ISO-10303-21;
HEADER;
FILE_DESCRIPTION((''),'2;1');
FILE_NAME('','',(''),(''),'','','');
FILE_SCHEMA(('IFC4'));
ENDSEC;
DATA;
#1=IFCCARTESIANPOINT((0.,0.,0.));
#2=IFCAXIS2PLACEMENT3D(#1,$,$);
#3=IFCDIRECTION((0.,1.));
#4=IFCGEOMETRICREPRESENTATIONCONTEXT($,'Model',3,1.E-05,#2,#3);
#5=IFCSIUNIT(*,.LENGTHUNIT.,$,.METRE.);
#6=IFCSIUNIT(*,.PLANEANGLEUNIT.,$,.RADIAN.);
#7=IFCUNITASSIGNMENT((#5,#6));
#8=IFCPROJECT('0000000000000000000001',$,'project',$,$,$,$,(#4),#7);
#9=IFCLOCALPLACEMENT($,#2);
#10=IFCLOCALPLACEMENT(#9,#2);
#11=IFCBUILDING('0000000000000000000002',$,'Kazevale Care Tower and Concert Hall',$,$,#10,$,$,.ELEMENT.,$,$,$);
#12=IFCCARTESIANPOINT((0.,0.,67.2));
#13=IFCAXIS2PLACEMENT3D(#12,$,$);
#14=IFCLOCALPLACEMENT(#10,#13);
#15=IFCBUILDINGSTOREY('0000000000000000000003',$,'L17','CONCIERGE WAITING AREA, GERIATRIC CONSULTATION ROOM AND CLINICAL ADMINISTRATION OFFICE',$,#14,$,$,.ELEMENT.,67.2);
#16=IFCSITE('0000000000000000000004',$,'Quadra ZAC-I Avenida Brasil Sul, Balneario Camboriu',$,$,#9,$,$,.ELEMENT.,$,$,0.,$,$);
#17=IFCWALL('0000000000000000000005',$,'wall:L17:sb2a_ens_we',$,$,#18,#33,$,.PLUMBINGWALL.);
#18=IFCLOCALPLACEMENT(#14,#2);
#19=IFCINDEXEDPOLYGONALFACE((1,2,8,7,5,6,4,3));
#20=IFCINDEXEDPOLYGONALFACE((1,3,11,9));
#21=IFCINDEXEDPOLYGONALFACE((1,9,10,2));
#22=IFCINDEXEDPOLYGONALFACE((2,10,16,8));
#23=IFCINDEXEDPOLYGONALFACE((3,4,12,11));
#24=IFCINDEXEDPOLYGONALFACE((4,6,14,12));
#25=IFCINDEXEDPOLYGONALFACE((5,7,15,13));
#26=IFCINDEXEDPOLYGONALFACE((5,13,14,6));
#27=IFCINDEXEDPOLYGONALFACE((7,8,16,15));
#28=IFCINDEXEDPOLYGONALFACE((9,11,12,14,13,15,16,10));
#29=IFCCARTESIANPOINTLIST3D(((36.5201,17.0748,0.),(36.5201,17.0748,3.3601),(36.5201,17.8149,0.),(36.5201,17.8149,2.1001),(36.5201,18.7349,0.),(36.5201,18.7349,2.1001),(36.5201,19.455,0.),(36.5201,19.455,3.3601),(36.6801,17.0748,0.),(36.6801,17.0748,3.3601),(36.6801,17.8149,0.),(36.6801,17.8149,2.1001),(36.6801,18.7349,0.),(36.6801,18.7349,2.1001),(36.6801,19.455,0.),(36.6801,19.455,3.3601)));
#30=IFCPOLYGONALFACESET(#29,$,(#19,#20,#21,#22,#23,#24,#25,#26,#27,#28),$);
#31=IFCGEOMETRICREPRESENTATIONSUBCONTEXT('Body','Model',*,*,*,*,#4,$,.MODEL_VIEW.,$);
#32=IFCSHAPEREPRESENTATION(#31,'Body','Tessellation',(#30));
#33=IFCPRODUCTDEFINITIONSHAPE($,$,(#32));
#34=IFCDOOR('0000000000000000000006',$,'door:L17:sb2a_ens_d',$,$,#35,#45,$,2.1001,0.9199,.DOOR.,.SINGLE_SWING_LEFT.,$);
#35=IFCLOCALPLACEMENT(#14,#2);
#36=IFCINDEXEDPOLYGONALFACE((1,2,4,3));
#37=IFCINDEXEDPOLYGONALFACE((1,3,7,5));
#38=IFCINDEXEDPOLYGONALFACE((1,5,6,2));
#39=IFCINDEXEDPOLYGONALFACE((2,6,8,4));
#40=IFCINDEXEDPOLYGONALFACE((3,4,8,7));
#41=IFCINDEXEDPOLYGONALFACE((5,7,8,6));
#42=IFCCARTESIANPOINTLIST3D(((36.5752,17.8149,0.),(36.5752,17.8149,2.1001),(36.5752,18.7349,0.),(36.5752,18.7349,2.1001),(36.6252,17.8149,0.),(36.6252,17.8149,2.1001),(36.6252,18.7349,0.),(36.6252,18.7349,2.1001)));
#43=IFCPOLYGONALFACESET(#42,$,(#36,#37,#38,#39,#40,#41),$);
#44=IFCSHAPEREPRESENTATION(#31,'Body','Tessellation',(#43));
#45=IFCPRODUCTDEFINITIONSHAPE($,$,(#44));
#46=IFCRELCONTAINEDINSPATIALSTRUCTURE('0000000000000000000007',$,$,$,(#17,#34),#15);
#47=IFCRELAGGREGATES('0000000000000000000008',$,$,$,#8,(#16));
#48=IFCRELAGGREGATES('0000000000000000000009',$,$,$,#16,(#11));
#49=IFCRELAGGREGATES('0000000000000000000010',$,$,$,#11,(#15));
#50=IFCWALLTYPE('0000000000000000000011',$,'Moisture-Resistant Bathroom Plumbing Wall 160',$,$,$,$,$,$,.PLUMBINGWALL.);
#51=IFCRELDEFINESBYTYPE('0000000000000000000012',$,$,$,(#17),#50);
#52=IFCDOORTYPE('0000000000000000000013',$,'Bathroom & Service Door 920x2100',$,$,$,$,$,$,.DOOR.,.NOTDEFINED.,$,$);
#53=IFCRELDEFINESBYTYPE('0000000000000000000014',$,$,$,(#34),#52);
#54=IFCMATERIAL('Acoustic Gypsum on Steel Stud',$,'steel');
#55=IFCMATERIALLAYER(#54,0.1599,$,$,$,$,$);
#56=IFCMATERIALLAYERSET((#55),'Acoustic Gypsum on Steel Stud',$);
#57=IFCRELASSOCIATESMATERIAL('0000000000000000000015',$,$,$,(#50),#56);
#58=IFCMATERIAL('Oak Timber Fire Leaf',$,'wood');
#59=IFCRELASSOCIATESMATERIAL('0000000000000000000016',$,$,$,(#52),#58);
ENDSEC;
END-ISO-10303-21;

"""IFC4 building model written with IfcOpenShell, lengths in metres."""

from ifc_helpers import new_model, si_unit, direction, frame, frame_2d, origin, place, context, subcontext, project, spatial, rectangle, extrude, material, layer, layer_set, type_object, element, fill, save


model = new_model("IFC4")

# Units and contexts
model_context = context("Model", 3, precision=1e-05, world=origin(), true_north=direction((0.0, 1.0)))
body_context = subcontext(model_context, "Body", "Model", "MODEL_VIEW")
ifc_project = project(units=[si_unit("LENGTHUNIT", "METRE"), si_unit("PLANEANGLEUNIT", "RADIAN")], contexts=[model_context])

# Site, building, storey
site_placement = place(None, origin())
site = spatial("IfcSite", under=ifc_project, at=site_placement, Name="Quadra ZAC-I Avenida Brasil Sul, Balneario Camboriu", CompositionType="ELEMENT", RefElevation=0.0)
building_placement = place(site_placement, origin())
building = spatial("IfcBuilding", under=site, at=building_placement, Name="Kazevale Care Tower and Concert Hall", CompositionType="ELEMENT")
storey_placement = place(building_placement, frame((0.0, 0.0, 67.2)))
storey = spatial("IfcBuildingStorey", under=building, at=storey_placement, Name="L17", Description="CONCIERGE WAITING AREA, GERIATRIC CONSULTATION ROOM AND CLINICAL ADMINISTRATION OFFICE", CompositionType="ELEMENT", Elevation=67.2)

# Shared definitions
ifc_material_1 = material(Name="Acoustic Gypsum on Steel Stud", Category="steel")

# Shared definitions
ifc_material_2 = material(Name="Oak Timber Fire Leaf", Category="wood")

# Shared definitions
ifc_layer_1 = layer(ifc_material_1, 0.1599)
ifc_layer_set_1 = layer_set([ifc_layer_1], Name="Acoustic Gypsum on Steel Stud")
wall_type_1 = type_object("IfcWallType", Name="Moisture-Resistant Bathroom Plumbing Wall 160", PredefinedType="PLUMBINGWALL", material=ifc_layer_set_1)

# Wall, opening, door
wall_1_placement = place(storey_placement, frame((36.6001, 17.075, 0.0), z_axis=(0.0, 0.0, 1.0), x_axis=(0.0, 1.0, 0.0)))
wall_1 = element("IfcWall", 1, at=wall_1_placement, inside=storey, type_object=wall_type_1, Name="wall:L17:sb2a_ens_we", PredefinedType="PLUMBINGWALL", context=body_context, shape_type="SweptSolid", body=[
    extrude(rectangle(XDim=2.3801, YDim=0.1599, at=frame_2d((1.1899, 0.0))), origin(), (0.0, 0.0, 1.0), 3.3601),
])
opening_1_placement = place(wall_1_placement, frame((0.74, 0.0, 0.0)))
opening_1 = element("IfcOpeningElement", 2, at=opening_1_placement, cuts=wall_1, PredefinedType="OPENING", context=body_context, shape_type="SweptSolid", body=[
    extrude(rectangle(XDim=0.9199, YDim=2.1001, at=frame_2d((0.46, 1.05))), frame((0.0, 0.0898, 0.0), z_axis=(0.0, -1.0, 0.0), x_axis=(1.0, 0.0, 0.0)), (0.0, 0.0, 1.0), 0.1799),
])
door_type_1 = type_object("IfcDoorType", Name="Bathroom & Service Door 920x2100", OperationType="NOTDEFINED", PredefinedType="DOOR", material=ifc_material_2)
door_1_placement = place(opening_1_placement, origin())
door_1 = element("IfcDoor", 3, at=door_1_placement, inside=storey, type_object=door_type_1, Name="door:L17:sb2a_ens_d", OperationType="SINGLE_SWING_LEFT", OverallHeight=2.1001, OverallWidth=0.9199, PredefinedType="DOOR", context=body_context, shape_type="SweptSolid", body=[
    extrude(rectangle(XDim=0.9199, YDim=2.1001, at=frame_2d((0.46, 1.05))), frame((0.0, 0.0249, 0.0), z_axis=(0.0, -1.0, 0.0), x_axis=(1.0, 0.0, 0.0)), (0.0, 0.0, 1.0), 0.05),
])
fill(opening_1, door_1)

save(model, "model.ifc")
